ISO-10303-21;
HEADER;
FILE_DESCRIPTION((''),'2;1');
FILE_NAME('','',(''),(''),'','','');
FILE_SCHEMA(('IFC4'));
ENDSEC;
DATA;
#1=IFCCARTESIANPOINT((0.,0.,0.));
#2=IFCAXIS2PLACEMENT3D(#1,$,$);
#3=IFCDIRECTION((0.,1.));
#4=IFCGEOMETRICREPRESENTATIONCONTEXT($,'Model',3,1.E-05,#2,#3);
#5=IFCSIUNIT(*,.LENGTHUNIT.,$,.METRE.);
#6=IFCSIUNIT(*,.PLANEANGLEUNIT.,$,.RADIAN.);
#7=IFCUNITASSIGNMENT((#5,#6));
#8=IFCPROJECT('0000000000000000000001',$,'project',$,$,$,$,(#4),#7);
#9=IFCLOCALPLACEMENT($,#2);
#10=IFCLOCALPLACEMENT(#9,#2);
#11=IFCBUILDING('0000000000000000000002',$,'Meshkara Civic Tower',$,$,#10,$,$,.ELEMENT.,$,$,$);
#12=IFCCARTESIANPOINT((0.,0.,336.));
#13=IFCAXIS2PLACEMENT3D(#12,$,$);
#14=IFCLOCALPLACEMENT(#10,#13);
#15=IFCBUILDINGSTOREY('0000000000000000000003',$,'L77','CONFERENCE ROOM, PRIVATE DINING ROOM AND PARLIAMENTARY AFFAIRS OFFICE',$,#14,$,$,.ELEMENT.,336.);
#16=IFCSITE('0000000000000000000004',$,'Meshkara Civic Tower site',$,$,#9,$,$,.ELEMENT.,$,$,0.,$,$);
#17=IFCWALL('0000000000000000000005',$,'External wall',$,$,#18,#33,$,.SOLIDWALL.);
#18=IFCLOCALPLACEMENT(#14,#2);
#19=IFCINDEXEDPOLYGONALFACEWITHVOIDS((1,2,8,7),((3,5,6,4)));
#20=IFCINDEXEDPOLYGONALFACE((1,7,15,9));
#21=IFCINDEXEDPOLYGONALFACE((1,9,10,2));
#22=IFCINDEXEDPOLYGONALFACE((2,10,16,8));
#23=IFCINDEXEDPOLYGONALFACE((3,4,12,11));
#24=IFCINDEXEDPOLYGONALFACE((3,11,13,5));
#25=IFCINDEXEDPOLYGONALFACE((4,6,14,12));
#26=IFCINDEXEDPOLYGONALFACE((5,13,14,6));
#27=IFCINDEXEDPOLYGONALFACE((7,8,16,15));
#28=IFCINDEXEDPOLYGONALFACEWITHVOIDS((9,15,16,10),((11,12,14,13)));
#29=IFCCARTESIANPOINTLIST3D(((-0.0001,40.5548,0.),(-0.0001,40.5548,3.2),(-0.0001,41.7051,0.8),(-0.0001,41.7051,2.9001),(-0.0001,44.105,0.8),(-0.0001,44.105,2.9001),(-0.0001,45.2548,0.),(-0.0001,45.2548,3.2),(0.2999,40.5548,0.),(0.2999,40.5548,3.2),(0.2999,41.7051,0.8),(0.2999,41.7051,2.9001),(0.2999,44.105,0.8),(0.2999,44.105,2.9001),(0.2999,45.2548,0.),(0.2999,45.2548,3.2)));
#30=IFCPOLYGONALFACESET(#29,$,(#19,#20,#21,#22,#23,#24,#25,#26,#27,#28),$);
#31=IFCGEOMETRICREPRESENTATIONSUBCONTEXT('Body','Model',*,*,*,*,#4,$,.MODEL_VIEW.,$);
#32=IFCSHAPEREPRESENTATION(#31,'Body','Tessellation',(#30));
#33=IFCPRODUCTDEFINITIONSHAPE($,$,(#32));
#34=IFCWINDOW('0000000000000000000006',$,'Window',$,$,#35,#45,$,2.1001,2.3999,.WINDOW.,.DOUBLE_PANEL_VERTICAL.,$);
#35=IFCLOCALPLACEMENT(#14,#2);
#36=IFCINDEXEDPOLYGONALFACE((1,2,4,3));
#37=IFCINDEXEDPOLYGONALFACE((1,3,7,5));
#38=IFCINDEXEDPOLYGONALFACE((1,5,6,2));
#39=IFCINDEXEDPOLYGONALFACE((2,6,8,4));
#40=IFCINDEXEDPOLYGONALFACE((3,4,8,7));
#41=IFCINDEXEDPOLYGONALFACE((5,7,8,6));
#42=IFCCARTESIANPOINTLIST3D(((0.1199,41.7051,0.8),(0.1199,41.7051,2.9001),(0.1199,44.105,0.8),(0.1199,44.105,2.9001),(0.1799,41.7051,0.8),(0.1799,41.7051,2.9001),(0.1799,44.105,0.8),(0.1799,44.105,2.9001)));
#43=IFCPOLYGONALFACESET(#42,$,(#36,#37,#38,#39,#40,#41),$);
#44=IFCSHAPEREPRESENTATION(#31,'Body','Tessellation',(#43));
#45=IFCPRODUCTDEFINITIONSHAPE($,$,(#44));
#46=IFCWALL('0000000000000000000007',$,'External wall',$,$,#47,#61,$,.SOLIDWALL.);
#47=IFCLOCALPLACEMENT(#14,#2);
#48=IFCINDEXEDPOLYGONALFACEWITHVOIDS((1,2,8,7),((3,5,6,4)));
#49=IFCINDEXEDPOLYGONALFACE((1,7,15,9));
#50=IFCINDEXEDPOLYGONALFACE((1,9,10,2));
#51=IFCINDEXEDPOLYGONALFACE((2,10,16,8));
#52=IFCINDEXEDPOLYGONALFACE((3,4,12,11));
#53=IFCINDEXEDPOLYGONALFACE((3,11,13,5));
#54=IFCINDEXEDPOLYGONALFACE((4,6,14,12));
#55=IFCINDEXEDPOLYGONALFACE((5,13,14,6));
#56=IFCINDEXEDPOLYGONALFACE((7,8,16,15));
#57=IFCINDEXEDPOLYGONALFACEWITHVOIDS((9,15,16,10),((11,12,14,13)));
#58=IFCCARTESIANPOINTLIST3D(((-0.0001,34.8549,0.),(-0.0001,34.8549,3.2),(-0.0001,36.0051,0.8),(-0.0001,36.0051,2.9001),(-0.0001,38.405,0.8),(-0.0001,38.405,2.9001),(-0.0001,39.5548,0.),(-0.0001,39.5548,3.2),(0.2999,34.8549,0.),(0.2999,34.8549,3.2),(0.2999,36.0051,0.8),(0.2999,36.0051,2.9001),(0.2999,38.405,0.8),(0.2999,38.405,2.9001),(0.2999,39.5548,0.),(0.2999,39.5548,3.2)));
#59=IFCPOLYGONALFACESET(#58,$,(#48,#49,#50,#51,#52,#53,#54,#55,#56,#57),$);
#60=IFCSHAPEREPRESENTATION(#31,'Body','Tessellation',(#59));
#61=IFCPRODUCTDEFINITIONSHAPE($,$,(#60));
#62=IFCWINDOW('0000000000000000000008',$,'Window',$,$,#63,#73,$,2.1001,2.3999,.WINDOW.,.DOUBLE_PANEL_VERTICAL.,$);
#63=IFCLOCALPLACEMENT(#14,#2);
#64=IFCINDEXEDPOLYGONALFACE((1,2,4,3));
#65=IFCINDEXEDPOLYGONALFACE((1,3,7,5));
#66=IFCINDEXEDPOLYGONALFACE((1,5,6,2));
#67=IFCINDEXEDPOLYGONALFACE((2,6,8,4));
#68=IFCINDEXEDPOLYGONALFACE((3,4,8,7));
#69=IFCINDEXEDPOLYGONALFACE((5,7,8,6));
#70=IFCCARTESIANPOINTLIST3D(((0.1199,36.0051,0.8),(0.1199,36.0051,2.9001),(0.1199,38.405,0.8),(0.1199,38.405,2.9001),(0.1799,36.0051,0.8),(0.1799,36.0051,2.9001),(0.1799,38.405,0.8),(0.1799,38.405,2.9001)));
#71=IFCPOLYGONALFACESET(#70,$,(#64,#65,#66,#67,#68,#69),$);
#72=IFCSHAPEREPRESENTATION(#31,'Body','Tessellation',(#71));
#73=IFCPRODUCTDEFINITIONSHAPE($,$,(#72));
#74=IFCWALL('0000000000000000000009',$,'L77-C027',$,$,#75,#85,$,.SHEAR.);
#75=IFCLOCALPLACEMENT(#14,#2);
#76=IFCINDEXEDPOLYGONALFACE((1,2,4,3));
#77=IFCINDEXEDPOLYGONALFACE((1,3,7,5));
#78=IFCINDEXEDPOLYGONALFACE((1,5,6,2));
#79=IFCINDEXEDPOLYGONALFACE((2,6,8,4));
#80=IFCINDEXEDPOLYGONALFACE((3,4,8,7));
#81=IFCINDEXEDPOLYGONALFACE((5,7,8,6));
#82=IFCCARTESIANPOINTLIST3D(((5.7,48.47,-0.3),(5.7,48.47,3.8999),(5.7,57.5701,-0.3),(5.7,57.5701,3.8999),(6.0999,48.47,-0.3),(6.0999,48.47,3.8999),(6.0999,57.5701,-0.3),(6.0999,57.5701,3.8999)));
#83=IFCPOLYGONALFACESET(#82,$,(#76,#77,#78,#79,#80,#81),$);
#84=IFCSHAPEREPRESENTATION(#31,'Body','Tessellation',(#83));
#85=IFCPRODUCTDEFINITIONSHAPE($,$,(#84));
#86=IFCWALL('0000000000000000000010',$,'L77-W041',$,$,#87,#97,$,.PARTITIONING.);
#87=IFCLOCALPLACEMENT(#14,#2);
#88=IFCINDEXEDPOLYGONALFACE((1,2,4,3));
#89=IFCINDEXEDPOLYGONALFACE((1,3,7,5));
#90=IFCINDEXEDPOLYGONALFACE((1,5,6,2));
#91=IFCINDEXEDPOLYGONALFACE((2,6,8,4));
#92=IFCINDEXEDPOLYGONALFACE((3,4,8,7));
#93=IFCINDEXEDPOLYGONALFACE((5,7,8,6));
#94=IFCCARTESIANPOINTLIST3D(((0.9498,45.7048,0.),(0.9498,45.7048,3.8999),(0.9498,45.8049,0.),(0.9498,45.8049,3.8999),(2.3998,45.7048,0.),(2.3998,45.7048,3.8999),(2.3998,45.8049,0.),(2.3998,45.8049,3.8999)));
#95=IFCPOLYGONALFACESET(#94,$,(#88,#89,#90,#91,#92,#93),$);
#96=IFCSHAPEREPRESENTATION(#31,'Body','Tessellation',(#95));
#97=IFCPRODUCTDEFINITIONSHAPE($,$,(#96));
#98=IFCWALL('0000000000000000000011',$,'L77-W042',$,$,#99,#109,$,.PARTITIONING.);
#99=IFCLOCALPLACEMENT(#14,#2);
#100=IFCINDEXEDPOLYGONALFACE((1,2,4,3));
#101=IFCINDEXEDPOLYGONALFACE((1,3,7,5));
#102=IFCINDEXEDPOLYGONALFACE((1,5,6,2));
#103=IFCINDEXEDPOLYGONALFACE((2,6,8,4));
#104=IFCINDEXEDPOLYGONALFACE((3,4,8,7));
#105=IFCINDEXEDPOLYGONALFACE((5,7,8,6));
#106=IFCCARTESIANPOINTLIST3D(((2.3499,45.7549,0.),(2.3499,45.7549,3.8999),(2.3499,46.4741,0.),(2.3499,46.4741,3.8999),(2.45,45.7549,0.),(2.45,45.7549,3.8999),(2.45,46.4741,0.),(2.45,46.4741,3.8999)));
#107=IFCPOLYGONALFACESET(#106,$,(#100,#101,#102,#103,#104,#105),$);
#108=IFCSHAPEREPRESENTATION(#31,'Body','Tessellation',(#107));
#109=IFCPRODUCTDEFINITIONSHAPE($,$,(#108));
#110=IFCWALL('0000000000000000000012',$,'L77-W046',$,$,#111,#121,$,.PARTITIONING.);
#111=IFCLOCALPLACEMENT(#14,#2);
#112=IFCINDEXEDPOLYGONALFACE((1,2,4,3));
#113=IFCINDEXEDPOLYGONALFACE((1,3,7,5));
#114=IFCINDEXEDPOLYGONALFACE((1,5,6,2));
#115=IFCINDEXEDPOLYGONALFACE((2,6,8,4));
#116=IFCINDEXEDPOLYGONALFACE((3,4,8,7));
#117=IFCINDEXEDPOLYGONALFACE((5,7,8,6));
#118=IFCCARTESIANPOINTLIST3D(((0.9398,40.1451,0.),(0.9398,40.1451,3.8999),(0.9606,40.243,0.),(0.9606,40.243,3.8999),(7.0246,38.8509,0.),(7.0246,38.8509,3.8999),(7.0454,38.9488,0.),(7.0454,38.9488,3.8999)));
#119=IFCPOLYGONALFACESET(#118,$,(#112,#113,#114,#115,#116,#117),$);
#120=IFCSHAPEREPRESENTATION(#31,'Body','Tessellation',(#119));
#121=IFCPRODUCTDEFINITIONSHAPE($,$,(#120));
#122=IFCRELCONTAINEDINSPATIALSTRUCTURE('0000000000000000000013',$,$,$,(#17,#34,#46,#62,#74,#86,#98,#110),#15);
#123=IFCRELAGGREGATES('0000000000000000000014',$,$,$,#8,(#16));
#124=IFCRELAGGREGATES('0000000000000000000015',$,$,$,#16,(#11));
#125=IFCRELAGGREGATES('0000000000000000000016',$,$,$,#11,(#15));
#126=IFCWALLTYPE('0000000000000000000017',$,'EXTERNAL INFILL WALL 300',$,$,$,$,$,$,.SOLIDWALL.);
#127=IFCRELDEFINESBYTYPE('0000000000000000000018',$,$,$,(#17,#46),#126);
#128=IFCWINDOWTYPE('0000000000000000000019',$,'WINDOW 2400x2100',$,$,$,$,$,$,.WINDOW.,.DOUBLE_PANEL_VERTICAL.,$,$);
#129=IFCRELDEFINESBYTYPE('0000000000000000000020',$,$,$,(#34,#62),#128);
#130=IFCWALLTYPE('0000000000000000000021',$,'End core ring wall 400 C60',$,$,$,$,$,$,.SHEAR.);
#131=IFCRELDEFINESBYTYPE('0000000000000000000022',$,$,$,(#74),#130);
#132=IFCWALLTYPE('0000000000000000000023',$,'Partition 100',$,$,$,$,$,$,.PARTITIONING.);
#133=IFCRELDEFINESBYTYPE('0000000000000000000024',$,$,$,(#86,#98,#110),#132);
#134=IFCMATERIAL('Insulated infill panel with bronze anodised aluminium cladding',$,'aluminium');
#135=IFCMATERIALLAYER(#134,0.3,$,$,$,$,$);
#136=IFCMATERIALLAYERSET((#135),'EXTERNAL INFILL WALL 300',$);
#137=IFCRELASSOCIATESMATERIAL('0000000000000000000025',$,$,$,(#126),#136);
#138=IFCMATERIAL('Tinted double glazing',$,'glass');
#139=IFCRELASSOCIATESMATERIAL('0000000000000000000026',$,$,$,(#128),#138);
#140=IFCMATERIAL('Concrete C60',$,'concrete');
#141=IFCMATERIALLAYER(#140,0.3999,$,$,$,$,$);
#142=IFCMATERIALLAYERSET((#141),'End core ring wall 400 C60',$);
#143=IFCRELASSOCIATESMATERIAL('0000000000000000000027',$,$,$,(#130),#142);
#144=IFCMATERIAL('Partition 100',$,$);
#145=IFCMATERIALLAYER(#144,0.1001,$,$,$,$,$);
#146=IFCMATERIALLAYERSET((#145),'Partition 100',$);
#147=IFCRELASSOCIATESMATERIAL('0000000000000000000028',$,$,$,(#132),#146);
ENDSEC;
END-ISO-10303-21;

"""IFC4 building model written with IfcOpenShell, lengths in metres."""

from ifc_helpers import new_model, si_unit, direction, frame, frame_2d, origin, place, context, subcontext, project, spatial, rectangle, extrude, material, layer, layer_set, type_object, element, fill, save


model = new_model("IFC4")

# Units and contexts
model_context = context("Model", 3, precision=1e-05, world=origin(), true_north=direction((0.0, 1.0)))
body_context = subcontext(model_context, "Body", "Model", "MODEL_VIEW")
ifc_project = project(units=[si_unit("LENGTHUNIT", "METRE"), si_unit("PLANEANGLEUNIT", "RADIAN")], contexts=[model_context])

# Site, building, storey
site_placement = place(None, origin())
site = spatial("IfcSite", under=ifc_project, at=site_placement, Name="Meshkara Civic Tower site", CompositionType="ELEMENT", RefElevation=0.0)
building_placement = place(site_placement, origin())
building = spatial("IfcBuilding", under=site, at=building_placement, Name="Meshkara Civic Tower", CompositionType="ELEMENT")
storey_placement = place(building_placement, frame((0.0, 0.0, 336.0)))
storey = spatial("IfcBuildingStorey", under=building, at=storey_placement, Name="L77", Description="CONFERENCE ROOM, PRIVATE DINING ROOM AND PARLIAMENTARY AFFAIRS OFFICE", CompositionType="ELEMENT", Elevation=336.0)

# Walls, openings, windows
ifc_material_1 = material(Name="Insulated infill panel with bronze anodised aluminium cladding", Category="aluminium")
ifc_layer_1 = layer(ifc_material_1, 0.3)
ifc_layer_set_1 = layer_set([ifc_layer_1], Name="EXTERNAL INFILL WALL 300")
wall_type_1 = type_object("IfcWallType", Name="EXTERNAL INFILL WALL 300", PredefinedType="SOLIDWALL", material=ifc_layer_set_1)
wall_1_placement = place(storey_placement, frame((0.1499, 45.2549, 0.0), z_axis=(0.0, 0.0, 1.0), x_axis=(0.0, -1.0, 0.0)))
wall_1 = element("IfcWall", 1, at=wall_1_placement, inside=storey, type_object=wall_type_1, Name="External wall", PredefinedType="SOLIDWALL", context=body_context, shape_type="SweptSolid", body=[
    extrude(rectangle(XDim=4.7, YDim=0.3, at=frame_2d((2.3501, 0.0))), origin(), (0.0, 0.0, 1.0), 3.2),
])
opening_1_placement = place(wall_1_placement, frame((1.1499, 0.0, 0.8)))
opening_1 = element("IfcOpeningElement", 2, at=opening_1_placement, cuts=wall_1, PredefinedType="OPENING", context=body_context, shape_type="SweptSolid", body=[
    extrude(rectangle(XDim=2.3999, YDim=2.1001, at=frame_2d((1.2, 1.05))), frame((0.0, 0.1599, 0.0), z_axis=(0.0, -1.0, 0.0), x_axis=(1.0, 0.0, 0.0)), (0.0, 0.0, 1.0), 0.3201),
])
ifc_material_2 = material(Name="Tinted double glazing", Category="glass")
window_type = type_object("IfcWindowType", Name="WINDOW 2400x2100", PartitioningType="DOUBLE_PANEL_VERTICAL", PredefinedType="WINDOW", material=ifc_material_2)
window_1_placement = place(opening_1_placement, origin())
window_1 = element("IfcWindow", 3, at=window_1_placement, inside=storey, type_object=window_type, Name="Window", OverallHeight=2.1001, OverallWidth=2.3999, PartitioningType="DOUBLE_PANEL_VERTICAL", PredefinedType="WINDOW", context=body_context, shape_type="SweptSolid", body=[
    extrude(rectangle(XDim=2.3999, YDim=2.1001, at=frame_2d((1.2, 1.05))), frame((0.0, 0.03, 0.0), z_axis=(0.0, -1.0, 0.0), x_axis=(1.0, 0.0, 0.0)), (0.0, 0.0, 1.0), 0.0601),
])
fill(opening_1, window_1)
wall_2_placement = place(storey_placement, frame((0.1499, 39.5549, 0.0), z_axis=(0.0, 0.0, 1.0), x_axis=(0.0, -1.0, 0.0)))
wall_2 = element("IfcWall", 4, at=wall_2_placement, inside=storey, type_object=wall_type_1, Name="External wall", PredefinedType="SOLIDWALL", context=body_context, shape_type="SweptSolid", body=[
    extrude(rectangle(XDim=4.7, YDim=0.3, at=frame_2d((2.3501, 0.0))), origin(), (0.0, 0.0, 1.0), 3.2),
])
opening_2_placement = place(wall_2_placement, frame((1.1499, 0.0, 0.8)))
opening_2 = element("IfcOpeningElement", 5, at=opening_2_placement, cuts=wall_2, PredefinedType="OPENING", context=body_context, shape_type="SweptSolid", body=[
    extrude(rectangle(XDim=2.3999, YDim=2.1001, at=frame_2d((1.2, 1.05))), frame((0.0, 0.1599, 0.0), z_axis=(0.0, -1.0, 0.0), x_axis=(1.0, 0.0, 0.0)), (0.0, 0.0, 1.0), 0.3201),
])
window_2_placement = place(opening_2_placement, origin())
window_2 = element("IfcWindow", 6, at=window_2_placement, inside=storey, type_object=window_type, Name="Window", OverallHeight=2.1001, OverallWidth=2.3999, PartitioningType="DOUBLE_PANEL_VERTICAL", PredefinedType="WINDOW", context=body_context, shape_type="SweptSolid", body=[
    extrude(rectangle(XDim=2.3999, YDim=2.1001, at=frame_2d((1.2, 1.05))), frame((0.0, 0.03, 0.0), z_axis=(0.0, -1.0, 0.0), x_axis=(1.0, 0.0, 0.0)), (0.0, 0.0, 1.0), 0.0601),
])
fill(opening_2, window_2)

# Walls
ifc_material_3 = material(Name="Concrete C60", Category="concrete")
ifc_layer_2 = layer(ifc_material_3, 0.3999)
ifc_layer_set_2 = layer_set([ifc_layer_2], Name="End core ring wall 400 C60")
wall_type_2 = type_object("IfcWallType", Name="End core ring wall 400 C60", PredefinedType="SHEAR", material=ifc_layer_set_2)
wall_3_placement = place(storey_placement, frame((5.8999, 48.47, -0.3), z_axis=(0.0, 0.0, 1.0), x_axis=(0.0, 1.0, 0.0)))
element("IfcWall", 7, at=wall_3_placement, inside=storey, type_object=wall_type_2, Name="L77-C027", PredefinedType="SHEAR", context=body_context, shape_type="SweptSolid", body=[
    extrude(rectangle(XDim=9.1001, YDim=0.3999, at=frame_2d((4.55, 0.0))), origin(), (0.0, 0.0, 1.0), 4.2),
])
ifc_material_4 = material(Name="Partition 100")
ifc_layer_3 = layer(ifc_material_4, 0.1001)
ifc_layer_set_3 = layer_set([ifc_layer_3], Name="Partition 100")
wall_type_3 = type_object("IfcWallType", Name="Partition 100", PredefinedType="PARTITIONING", material=ifc_layer_set_3)
wall_4_placement = place(storey_placement, frame((2.3999, 45.7549, 0.0), z_axis=(0.0, 0.0, 1.0), x_axis=(-1.0, 0.0, 0.0)))
element("IfcWall", 8, at=wall_4_placement, inside=storey, type_object=wall_type_3, Name="L77-W041", PredefinedType="PARTITIONING", context=body_context, shape_type="SweptSolid", body=[
    extrude(rectangle(XDim=1.45, YDim=0.1001, at=frame_2d((0.7251, 0.0))), origin(), (0.0, 0.0, 1.0), 3.8999),
])
wall_5_placement = place(storey_placement, frame((2.3999, 46.4741, 0.0), z_axis=(0.0, 0.0, 1.0), x_axis=(0.0, -1.0, 0.0)))
element("IfcWall", 9, at=wall_5_placement, inside=storey, type_object=wall_type_3, Name="L77-W042", PredefinedType="PARTITIONING", context=body_context, shape_type="SweptSolid", body=[
    extrude(rectangle(XDim=0.7192, YDim=0.1001, at=frame_2d((0.3596, 0.0))), origin(), (0.0, 0.0, 1.0), 3.8999),
])
wall_6_placement = place(storey_placement, frame((7.0349, 38.8999, 0.0), z_axis=(0.0, 0.0, 1.0), x_axis=(-0.978122, 0.208033, 0.0)))
element("IfcWall", 10, at=wall_6_placement, inside=storey, type_object=wall_type_3, Name="L77-W046", PredefinedType="PARTITIONING", context=body_context, shape_type="SweptSolid", body=[
    extrude(rectangle(XDim=6.2209, YDim=0.1001, at=frame_2d((3.1104, 0.0))), origin(), (0.0, 0.0, 1.0), 3.8999),
])

save(model, "model.ifc")
